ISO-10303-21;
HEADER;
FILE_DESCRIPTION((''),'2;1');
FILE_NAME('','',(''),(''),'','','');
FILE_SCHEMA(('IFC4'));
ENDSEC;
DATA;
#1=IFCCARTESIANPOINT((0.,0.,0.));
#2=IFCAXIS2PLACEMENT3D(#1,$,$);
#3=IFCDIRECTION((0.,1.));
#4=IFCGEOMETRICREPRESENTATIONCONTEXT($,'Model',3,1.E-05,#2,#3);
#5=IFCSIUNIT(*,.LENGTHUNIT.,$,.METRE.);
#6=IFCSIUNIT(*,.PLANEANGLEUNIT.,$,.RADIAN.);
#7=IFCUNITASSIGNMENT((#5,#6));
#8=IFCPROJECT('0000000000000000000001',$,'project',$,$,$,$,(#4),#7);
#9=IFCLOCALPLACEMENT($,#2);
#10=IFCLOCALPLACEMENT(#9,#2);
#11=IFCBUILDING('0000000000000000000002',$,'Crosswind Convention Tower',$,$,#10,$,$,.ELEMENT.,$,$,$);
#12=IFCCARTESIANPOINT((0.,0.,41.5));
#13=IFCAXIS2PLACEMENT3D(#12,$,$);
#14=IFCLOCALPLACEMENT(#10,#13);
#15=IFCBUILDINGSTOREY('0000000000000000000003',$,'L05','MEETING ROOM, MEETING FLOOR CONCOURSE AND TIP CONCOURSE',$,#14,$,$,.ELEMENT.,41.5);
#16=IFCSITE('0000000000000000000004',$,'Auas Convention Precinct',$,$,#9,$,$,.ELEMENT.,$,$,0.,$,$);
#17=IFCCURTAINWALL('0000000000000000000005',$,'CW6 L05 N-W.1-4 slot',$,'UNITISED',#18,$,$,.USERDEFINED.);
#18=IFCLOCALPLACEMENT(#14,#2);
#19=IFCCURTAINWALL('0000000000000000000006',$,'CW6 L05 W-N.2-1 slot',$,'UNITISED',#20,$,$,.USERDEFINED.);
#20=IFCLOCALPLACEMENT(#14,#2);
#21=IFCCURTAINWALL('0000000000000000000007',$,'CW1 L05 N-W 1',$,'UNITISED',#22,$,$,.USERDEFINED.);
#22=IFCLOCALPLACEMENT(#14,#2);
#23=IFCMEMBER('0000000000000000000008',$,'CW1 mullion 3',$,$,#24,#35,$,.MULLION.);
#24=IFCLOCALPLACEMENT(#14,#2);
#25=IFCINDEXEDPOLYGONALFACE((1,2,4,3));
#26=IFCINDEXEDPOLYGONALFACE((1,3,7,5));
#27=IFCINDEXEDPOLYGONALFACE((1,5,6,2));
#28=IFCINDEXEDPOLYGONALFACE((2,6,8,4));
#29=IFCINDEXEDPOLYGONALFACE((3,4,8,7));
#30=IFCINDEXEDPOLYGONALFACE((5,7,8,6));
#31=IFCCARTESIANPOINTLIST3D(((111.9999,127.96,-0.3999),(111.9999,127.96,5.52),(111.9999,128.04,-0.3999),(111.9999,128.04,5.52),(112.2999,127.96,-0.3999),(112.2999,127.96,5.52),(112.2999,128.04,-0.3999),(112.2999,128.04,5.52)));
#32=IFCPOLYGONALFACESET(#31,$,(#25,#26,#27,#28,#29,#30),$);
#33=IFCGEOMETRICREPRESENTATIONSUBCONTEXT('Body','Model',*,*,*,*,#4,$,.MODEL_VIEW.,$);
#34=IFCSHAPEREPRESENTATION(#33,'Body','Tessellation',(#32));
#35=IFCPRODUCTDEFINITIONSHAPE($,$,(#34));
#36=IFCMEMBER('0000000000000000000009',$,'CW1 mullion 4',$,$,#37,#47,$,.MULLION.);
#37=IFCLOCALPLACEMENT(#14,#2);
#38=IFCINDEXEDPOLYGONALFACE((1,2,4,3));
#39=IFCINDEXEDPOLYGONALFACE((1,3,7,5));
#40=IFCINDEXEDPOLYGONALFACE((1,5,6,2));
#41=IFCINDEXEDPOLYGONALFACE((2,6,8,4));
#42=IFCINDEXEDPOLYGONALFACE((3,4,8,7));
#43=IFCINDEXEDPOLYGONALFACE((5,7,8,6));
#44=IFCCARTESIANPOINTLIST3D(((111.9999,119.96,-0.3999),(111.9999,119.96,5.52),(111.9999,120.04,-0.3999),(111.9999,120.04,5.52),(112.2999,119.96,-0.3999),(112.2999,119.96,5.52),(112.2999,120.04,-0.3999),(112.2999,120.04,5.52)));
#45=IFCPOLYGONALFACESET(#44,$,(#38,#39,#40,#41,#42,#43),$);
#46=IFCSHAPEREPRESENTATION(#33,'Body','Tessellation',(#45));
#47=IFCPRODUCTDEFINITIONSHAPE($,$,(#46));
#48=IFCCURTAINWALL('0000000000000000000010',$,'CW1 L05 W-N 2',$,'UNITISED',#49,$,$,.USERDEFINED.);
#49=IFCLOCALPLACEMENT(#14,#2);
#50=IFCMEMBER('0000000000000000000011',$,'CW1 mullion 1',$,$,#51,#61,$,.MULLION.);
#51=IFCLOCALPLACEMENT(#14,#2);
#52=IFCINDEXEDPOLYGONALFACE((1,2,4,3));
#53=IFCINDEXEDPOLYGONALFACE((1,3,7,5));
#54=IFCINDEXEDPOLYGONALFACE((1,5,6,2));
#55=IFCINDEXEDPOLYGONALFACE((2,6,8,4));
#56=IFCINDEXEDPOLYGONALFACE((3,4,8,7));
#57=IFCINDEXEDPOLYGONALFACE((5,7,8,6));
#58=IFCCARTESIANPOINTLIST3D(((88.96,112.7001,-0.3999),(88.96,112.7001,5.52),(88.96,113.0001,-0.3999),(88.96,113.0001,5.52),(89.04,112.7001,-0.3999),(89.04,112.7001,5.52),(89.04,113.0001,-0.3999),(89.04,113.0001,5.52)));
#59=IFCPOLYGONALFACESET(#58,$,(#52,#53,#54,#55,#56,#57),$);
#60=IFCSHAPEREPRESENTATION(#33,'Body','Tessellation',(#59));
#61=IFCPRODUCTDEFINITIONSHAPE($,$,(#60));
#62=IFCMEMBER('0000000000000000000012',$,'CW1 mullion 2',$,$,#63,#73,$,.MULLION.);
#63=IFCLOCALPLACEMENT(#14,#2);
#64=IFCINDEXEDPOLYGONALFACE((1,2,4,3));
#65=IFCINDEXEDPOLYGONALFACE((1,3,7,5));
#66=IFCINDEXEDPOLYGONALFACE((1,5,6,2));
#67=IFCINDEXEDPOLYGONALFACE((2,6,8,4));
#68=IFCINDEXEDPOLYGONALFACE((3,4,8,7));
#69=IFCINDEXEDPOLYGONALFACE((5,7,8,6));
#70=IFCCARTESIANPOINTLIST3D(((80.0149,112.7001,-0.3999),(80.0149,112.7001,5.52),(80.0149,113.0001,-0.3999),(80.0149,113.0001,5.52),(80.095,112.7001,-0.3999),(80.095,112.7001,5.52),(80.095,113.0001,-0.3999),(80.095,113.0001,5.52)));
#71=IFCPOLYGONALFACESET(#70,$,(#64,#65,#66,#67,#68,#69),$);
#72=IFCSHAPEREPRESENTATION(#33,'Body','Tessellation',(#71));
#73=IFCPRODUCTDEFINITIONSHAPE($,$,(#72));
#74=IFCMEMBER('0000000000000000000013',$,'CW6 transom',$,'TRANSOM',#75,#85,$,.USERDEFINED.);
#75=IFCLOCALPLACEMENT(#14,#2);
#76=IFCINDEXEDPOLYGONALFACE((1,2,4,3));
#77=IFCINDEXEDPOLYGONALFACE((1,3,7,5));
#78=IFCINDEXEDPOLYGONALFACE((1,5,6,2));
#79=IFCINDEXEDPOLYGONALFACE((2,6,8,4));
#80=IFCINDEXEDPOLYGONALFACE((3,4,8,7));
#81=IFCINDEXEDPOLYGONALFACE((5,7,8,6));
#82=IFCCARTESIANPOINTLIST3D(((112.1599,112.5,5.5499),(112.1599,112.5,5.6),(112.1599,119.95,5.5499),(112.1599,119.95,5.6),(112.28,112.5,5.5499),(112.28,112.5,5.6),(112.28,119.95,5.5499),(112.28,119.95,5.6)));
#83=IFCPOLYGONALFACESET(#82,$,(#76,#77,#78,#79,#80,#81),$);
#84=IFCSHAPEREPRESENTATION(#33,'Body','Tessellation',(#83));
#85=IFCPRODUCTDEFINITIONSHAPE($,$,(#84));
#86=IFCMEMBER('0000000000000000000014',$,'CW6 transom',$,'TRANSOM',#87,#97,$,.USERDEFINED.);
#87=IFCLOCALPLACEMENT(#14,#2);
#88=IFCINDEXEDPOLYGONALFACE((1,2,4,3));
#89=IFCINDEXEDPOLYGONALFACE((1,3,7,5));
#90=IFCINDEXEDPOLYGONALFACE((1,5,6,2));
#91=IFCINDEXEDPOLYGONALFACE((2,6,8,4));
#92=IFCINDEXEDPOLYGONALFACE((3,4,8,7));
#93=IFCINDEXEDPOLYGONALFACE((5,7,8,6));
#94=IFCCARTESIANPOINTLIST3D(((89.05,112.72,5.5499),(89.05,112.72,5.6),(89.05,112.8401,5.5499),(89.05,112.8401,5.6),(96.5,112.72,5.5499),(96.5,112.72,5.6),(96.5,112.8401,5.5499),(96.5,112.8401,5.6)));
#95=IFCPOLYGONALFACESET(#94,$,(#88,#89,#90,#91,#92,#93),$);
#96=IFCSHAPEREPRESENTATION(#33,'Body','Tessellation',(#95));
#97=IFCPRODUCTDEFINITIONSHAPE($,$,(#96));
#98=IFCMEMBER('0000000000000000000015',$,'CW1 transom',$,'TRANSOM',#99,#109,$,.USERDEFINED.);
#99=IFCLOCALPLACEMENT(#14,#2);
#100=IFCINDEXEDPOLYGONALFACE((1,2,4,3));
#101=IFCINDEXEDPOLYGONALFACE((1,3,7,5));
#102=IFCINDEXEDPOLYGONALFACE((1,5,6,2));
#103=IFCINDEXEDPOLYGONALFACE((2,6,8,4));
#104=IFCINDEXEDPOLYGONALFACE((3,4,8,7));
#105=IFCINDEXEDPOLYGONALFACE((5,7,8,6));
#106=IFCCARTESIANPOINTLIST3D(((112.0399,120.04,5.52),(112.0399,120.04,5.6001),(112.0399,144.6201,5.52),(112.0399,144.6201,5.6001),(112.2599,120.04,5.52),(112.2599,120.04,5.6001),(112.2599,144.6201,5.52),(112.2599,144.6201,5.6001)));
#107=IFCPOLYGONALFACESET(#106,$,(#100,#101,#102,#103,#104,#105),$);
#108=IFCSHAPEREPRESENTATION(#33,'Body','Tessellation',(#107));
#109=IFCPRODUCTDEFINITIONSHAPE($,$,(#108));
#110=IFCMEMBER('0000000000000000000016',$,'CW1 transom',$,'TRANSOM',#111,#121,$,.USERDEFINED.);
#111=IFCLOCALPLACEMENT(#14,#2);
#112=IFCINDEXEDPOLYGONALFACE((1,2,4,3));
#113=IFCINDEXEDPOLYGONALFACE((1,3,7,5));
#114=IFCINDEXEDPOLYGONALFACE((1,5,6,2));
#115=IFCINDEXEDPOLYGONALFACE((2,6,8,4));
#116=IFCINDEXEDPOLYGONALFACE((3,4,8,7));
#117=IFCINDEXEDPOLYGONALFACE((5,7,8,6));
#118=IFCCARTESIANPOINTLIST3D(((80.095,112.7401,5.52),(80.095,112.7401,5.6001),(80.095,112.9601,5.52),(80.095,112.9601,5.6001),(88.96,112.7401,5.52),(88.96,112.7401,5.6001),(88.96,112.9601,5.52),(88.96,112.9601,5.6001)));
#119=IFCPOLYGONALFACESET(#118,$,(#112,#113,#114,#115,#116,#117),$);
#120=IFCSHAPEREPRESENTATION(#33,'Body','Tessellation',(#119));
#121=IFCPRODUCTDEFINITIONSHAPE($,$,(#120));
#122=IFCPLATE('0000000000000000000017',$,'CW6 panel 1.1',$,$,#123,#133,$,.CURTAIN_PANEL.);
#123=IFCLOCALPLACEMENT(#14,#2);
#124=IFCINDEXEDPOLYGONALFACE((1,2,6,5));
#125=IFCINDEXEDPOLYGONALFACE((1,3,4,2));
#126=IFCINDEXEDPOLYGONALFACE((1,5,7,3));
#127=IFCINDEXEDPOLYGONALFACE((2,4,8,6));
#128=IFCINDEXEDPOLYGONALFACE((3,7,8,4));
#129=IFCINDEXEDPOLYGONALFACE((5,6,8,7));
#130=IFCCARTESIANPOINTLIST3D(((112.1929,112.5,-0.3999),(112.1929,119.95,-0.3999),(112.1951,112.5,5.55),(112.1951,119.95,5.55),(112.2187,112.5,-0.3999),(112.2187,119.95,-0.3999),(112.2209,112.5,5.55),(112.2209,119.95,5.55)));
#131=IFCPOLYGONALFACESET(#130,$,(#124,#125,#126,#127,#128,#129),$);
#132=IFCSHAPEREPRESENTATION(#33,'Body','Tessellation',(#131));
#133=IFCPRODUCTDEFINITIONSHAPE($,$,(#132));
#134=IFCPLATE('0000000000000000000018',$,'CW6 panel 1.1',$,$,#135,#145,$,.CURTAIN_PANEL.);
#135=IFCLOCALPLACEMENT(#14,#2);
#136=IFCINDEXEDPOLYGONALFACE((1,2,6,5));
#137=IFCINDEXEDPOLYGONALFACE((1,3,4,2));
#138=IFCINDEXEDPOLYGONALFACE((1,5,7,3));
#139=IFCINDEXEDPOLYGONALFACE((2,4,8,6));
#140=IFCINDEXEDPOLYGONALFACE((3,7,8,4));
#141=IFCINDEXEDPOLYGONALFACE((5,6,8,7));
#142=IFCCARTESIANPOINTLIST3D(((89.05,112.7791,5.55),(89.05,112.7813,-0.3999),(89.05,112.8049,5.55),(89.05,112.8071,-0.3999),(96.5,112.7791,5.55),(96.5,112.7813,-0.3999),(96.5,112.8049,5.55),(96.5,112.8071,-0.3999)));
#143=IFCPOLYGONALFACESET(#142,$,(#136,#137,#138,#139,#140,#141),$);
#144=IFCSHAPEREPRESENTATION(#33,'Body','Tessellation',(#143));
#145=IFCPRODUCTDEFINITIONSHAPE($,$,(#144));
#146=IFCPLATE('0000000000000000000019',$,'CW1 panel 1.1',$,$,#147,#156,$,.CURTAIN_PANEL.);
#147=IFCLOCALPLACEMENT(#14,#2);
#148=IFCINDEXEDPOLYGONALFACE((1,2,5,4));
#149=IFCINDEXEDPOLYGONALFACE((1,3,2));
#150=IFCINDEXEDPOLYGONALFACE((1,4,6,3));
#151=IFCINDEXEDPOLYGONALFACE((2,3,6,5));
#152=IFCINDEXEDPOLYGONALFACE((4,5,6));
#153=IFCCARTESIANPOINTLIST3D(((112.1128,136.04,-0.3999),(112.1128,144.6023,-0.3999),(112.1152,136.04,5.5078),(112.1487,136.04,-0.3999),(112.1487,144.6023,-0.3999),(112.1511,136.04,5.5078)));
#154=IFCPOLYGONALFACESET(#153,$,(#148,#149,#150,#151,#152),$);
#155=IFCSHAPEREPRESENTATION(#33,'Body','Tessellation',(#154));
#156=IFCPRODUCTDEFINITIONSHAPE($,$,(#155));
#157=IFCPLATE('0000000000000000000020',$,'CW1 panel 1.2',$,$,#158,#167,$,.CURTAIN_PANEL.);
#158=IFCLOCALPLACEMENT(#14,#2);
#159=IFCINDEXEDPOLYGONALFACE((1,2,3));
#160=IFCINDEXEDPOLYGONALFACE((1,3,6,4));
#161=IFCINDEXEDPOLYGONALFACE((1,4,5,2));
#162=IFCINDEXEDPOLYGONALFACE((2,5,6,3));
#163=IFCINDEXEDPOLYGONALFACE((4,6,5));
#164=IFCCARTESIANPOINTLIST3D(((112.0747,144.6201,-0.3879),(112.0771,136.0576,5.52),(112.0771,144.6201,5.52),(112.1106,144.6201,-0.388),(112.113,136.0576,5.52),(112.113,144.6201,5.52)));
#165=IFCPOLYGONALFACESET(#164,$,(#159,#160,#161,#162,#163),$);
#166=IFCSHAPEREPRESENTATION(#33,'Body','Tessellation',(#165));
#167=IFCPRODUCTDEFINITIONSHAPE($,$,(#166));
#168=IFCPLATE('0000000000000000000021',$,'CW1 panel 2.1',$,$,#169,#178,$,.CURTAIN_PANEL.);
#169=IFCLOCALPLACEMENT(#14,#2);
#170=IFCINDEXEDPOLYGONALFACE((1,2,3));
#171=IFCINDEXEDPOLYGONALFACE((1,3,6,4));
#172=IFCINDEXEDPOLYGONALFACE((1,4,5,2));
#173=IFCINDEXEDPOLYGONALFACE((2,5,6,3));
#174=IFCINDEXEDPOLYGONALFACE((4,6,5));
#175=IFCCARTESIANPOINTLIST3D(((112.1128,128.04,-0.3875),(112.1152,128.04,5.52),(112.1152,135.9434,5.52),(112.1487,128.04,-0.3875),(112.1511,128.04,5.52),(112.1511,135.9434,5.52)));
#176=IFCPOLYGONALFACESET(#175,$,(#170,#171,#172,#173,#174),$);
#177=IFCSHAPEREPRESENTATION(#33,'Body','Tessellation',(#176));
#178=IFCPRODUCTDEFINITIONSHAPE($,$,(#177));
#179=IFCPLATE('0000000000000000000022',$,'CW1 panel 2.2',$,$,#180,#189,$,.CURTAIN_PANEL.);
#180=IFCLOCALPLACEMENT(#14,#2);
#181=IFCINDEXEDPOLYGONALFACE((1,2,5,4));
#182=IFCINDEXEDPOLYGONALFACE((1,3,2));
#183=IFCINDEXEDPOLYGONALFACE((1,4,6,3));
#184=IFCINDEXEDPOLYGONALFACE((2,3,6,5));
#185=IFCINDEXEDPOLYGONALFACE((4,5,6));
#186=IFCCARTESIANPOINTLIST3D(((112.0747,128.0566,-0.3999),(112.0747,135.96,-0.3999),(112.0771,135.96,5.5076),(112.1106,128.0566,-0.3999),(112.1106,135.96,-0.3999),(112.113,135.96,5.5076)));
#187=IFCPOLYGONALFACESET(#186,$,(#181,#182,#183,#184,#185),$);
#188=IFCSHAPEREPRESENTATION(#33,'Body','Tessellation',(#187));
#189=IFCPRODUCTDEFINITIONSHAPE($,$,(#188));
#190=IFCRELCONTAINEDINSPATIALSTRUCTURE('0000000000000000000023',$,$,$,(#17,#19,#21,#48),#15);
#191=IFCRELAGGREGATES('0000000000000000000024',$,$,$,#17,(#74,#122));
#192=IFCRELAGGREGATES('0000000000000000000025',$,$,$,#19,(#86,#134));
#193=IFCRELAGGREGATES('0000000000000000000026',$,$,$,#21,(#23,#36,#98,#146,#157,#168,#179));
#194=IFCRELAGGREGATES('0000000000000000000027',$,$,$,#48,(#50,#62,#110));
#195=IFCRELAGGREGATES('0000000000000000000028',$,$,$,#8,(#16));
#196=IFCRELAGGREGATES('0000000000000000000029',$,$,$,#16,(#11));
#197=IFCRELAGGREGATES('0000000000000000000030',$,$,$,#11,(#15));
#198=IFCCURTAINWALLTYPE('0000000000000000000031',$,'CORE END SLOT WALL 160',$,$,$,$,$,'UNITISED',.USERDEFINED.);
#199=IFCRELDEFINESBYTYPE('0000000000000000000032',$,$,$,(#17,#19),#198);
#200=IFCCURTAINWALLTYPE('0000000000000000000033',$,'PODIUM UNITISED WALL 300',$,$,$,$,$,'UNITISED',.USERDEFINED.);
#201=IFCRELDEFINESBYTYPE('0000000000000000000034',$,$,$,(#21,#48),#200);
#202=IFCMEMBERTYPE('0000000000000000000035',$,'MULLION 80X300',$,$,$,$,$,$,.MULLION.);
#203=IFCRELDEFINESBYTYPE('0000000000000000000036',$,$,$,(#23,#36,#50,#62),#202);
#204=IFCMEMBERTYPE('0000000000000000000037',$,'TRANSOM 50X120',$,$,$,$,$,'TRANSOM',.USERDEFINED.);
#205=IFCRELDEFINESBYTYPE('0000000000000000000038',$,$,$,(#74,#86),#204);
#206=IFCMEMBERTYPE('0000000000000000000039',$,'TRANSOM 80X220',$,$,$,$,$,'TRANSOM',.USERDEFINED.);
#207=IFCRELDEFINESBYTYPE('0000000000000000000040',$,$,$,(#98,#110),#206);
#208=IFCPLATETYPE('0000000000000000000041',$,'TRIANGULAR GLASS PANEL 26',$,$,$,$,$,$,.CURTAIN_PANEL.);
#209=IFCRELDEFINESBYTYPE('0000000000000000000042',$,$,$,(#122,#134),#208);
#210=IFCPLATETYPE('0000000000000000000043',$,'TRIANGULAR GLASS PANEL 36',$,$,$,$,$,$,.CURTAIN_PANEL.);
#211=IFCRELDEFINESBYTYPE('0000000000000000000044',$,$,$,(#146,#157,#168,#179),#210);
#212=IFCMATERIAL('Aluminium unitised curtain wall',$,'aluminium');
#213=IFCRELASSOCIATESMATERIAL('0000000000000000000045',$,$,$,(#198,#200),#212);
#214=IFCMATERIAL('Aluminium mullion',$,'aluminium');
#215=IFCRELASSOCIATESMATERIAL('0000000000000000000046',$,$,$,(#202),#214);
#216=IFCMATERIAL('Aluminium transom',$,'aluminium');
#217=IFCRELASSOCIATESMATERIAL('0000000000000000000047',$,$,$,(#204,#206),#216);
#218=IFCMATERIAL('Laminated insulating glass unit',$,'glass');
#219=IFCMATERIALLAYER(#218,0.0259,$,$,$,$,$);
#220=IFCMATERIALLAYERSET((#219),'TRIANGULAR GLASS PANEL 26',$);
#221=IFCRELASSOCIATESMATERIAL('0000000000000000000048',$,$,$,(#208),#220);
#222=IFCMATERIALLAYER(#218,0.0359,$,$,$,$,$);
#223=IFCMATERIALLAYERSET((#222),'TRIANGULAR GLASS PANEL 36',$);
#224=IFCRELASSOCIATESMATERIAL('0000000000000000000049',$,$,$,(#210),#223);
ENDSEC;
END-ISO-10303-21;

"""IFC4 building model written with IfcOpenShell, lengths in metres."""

from ifc_helpers import new_model, si_unit, direction, frame, origin, origin_2d, place, context, subcontext, project, spatial, polyline, rectangle, outline, extrude, material, layer, layer_set, material_profile, profile_set, type_object, element, aggregate, save


model = new_model("IFC4")

# Units and contexts
model_context = context("Model", 3, precision=1e-05, world=origin(), true_north=direction((0.0, 1.0)))
body_context = subcontext(model_context, "Body", "Model", "MODEL_VIEW")
ifc_project = project(units=[si_unit("LENGTHUNIT", "METRE"), si_unit("PLANEANGLEUNIT", "RADIAN")], contexts=[model_context])

# Site, building, storey
site_placement = place(None, origin())
site = spatial("IfcSite", under=ifc_project, at=site_placement, Name="Auas Convention Precinct", CompositionType="ELEMENT", RefElevation=0.0)
building_placement = place(site_placement, origin())
building = spatial("IfcBuilding", under=site, at=building_placement, Name="Crosswind Convention Tower", CompositionType="ELEMENT")
storey_placement = place(building_placement, frame((0.0, 0.0, 41.5)))
storey = spatial("IfcBuildingStorey", under=building, at=storey_placement, Name="L05", Description="MEETING ROOM, MEETING FLOOR CONCOURSE AND TIP CONCOURSE", CompositionType="ELEMENT", Elevation=41.5)

# Curtain walls, members
ifc_material_1 = material(Name="Aluminium unitised curtain wall", Category="aluminium")
curtain_wall_type_1 = type_object("IfcCurtainWallType", Name="CORE END SLOT WALL 160", ElementType="UNITISED", PredefinedType="USERDEFINED", material=ifc_material_1)
curtain_wall_1_placement = place(storey_placement, origin())
curtain_wall_1 = element("IfcCurtainWall", 1, at=curtain_wall_1_placement, inside=storey, type_object=curtain_wall_type_1, Name="CW6 L05 N-W.1-4 slot", ObjectType="UNITISED", PredefinedType="USERDEFINED")
ifc_material_2 = material(Name="Aluminium mullion", Category="aluminium")
curtain_wall_2_placement = place(storey_placement, origin())
curtain_wall_2 = element("IfcCurtainWall", 2, at=curtain_wall_2_placement, inside=storey, type_object=curtain_wall_type_1, Name="CW6 L05 W-N.2-1 slot", ObjectType="UNITISED", PredefinedType="USERDEFINED")
curtain_wall_type_2 = type_object("IfcCurtainWallType", Name="PODIUM UNITISED WALL 300", ElementType="UNITISED", PredefinedType="USERDEFINED", material=ifc_material_1)
curtain_wall_3_placement = place(storey_placement, origin())
curtain_wall_3 = element("IfcCurtainWall", 3, at=curtain_wall_3_placement, inside=storey, type_object=curtain_wall_type_2, Name="CW1 L05 N-W 1", ObjectType="UNITISED", PredefinedType="USERDEFINED")
ifc_material_profile_1 = material_profile(ifc_material_2, rectangle(XDim=0.3, YDim=0.0801, at=origin_2d()), Name="AL 300X80")
ifc_profile_set_1 = profile_set([ifc_material_profile_1], Name="Aluminium mullion")
member_type_1 = type_object("IfcMemberType", Name="MULLION 80X300", PredefinedType="MULLION", material=ifc_profile_set_1)
member_1_placement = place(storey_placement, frame((112.1499, 128.0, -0.3999), z_axis=(0.0, 0.0, 1.0), x_axis=(-1.0, 0.0, 0.0)))
member_1 = element("IfcMember", 4, at=member_1_placement, type_object=member_type_1, Name="CW1 mullion 3", PredefinedType="MULLION", context=body_context, shape_type="SweptSolid", body=[
    extrude(rectangle(XDim=0.3, YDim=0.0801, at=origin_2d()), origin(), (0.0, 0.0, 1.0), 5.9199),
])
member_2_placement = place(storey_placement, frame((112.1499, 120.0, -0.3999), z_axis=(0.0, 0.0, 1.0), x_axis=(-1.0, 0.0, 0.0)))
member_2 = element("IfcMember", 5, at=member_2_placement, type_object=member_type_1, Name="CW1 mullion 4", PredefinedType="MULLION", context=body_context, shape_type="SweptSolid", body=[
    extrude(rectangle(XDim=0.3, YDim=0.0801, at=origin_2d()), origin(), (0.0, 0.0, 1.0), 5.9199),
])
curtain_wall_4_placement = place(storey_placement, origin())
curtain_wall_4 = element("IfcCurtainWall", 6, at=curtain_wall_4_placement, inside=storey, type_object=curtain_wall_type_2, Name="CW1 L05 W-N 2", ObjectType="UNITISED", PredefinedType="USERDEFINED")
member_3_placement = place(storey_placement, frame((89.0, 112.8501, -0.3999), z_axis=(0.0, 0.0, 1.0), x_axis=(0.0, 1.0, 0.0)))
member_3 = element("IfcMember", 7, at=member_3_placement, type_object=member_type_1, Name="CW1 mullion 1", PredefinedType="MULLION", context=body_context, shape_type="SweptSolid", body=[
    extrude(rectangle(XDim=0.3, YDim=0.0801, at=origin_2d()), origin(), (0.0, 0.0, 1.0), 5.9199),
])
member_4_placement = place(storey_placement, frame((80.0549, 112.8501, -0.3999), z_axis=(0.0, 0.0, 1.0), x_axis=(0.0, 1.0, 0.0)))
member_4 = element("IfcMember", 8, at=member_4_placement, type_object=member_type_1, Name="CW1 mullion 2", PredefinedType="MULLION", context=body_context, shape_type="SweptSolid", body=[
    extrude(rectangle(XDim=0.3, YDim=0.0801, at=origin_2d()), origin(), (0.0, 0.0, 1.0), 5.9199),
])

# Members
ifc_material_3 = material(Name="Aluminium transom", Category="aluminium")
ifc_material_profile_2 = material_profile(ifc_material_3, rectangle(XDim=0.1201, YDim=0.05, at=origin_2d()), Name="AL 120X50")
ifc_profile_set_2 = profile_set([ifc_material_profile_2], Name="Aluminium transom")
member_type_2 = type_object("IfcMemberType", Name="TRANSOM 50X120", ElementType="TRANSOM", PredefinedType="USERDEFINED", material=ifc_profile_set_2)
member_5_placement = place(storey_placement, frame((112.22, 119.95, 5.575), z_axis=(0.0, -1.0, 0.0), x_axis=(1.0, 0.0, 0.0)))
member_5 = element("IfcMember", 9, at=member_5_placement, type_object=member_type_2, Name="CW6 transom", ObjectType="TRANSOM", PredefinedType="USERDEFINED", context=body_context, shape_type="SweptSolid", body=[
    extrude(rectangle(XDim=0.1201, YDim=0.05, at=origin_2d()), origin(), (0.0, 0.0, 1.0), 7.45),
])
member_6_placement = place(storey_placement, frame((96.5, 112.78, 5.575), z_axis=(-1.0, 0.0, 0.0), x_axis=(0.0, -1.0, 0.0)))
member_6 = element("IfcMember", 10, at=member_6_placement, type_object=member_type_2, Name="CW6 transom", ObjectType="TRANSOM", PredefinedType="USERDEFINED", context=body_context, shape_type="SweptSolid", body=[
    extrude(rectangle(XDim=0.1201, YDim=0.05, at=origin_2d()), origin(), (0.0, 0.0, 1.0), 7.45),
])
ifc_material_profile_3 = material_profile(ifc_material_3, rectangle(XDim=0.22, YDim=0.0801, at=origin_2d()), Name="AL 220X80")
ifc_profile_set_3 = profile_set([ifc_material_profile_3], Name="Aluminium transom")
member_type_3 = type_object("IfcMemberType", Name="TRANSOM 80X220", ElementType="TRANSOM", PredefinedType="USERDEFINED", material=ifc_profile_set_3)
member_7_placement = place(storey_placement, frame((112.1499, 144.6201, 5.5601), z_axis=(0.0, -1.0, 0.0), x_axis=(1.0, 0.0, 0.0)))
member_7 = element("IfcMember", 11, at=member_7_placement, type_object=member_type_3, Name="CW1 transom", ObjectType="TRANSOM", PredefinedType="USERDEFINED", context=body_context, shape_type="SweptSolid", body=[
    extrude(rectangle(XDim=0.22, YDim=0.0801, at=origin_2d()), origin(), (0.0, 0.0, 1.0), 24.5801),
])
member_8_placement = place(storey_placement, frame((88.96, 112.8501, 5.5601), z_axis=(-1.0, 0.0, 0.0), x_axis=(0.0, -1.0, 0.0)))
member_8 = element("IfcMember", 12, at=member_8_placement, type_object=member_type_3, Name="CW1 transom", ObjectType="TRANSOM", PredefinedType="USERDEFINED", context=body_context, shape_type="SweptSolid", body=[
    extrude(rectangle(XDim=0.22, YDim=0.0801, at=origin_2d()), origin(), (0.0, 0.0, 1.0), 8.865),
])

# Plates
ifc_material_4 = material(Name="Laminated insulating glass unit", Category="glass")
ifc_layer_1 = layer(ifc_material_4, 0.0259)
ifc_layer_set_1 = layer_set([ifc_layer_1], Name="TRIANGULAR GLASS PANEL 26")
plate_type_1 = type_object("IfcPlateType", Name="TRIANGULAR GLASS PANEL 26", PredefinedType="CURTAIN_PANEL", material=ifc_layer_set_1)
plate_1_placement = place(storey_placement, frame((112.1929, 119.95, -0.3999), z_axis=(-1.0, 0.0, 0.000369), x_axis=(0.0, -1.0, 0.0)))
plate_1 = element("IfcPlate", 13, at=plate_1_placement, type_object=plate_type_1, Name="CW6 panel 1.1", PredefinedType="CURTAIN_PANEL", context=body_context, shape_type="SweptSolid", body=[
    extrude(outline(polyline([(0.0, 0.0), (7.45, 0.0), (7.45, 5.95), (0.0, 5.95), (0.0, 0.0)])), origin(), (0.0, 0.0, -1.0), 0.0259),
])
aggregate(curtain_wall_1, [member_5, plate_1])
plate_2_placement = place(storey_placement, frame((96.5, 112.8071, -0.3999), z_axis=(0.0, 1.0, 0.000369), x_axis=(-1.0, 0.0, 0.0)))
plate_2 = element("IfcPlate", 14, at=plate_2_placement, type_object=plate_type_1, Name="CW6 panel 1.1", PredefinedType="CURTAIN_PANEL", context=body_context, shape_type="SweptSolid", body=[
    extrude(outline(polyline([(0.0, 0.0), (7.45, 0.0), (7.45, 5.95), (0.0, 5.95), (0.0, 0.0)])), origin(), (0.0, 0.0, -1.0), 0.0259),
])
aggregate(curtain_wall_2, [member_6, plate_2])
ifc_layer_2 = layer(ifc_material_4, 0.0359)
ifc_layer_set_2 = layer_set([ifc_layer_2], Name="TRIANGULAR GLASS PANEL 36")
plate_type_2 = type_object("IfcPlateType", Name="TRIANGULAR GLASS PANEL 36", PredefinedType="CURTAIN_PANEL", material=ifc_layer_set_2)
plate_3_placement = place(storey_placement, frame((112.1128, 136.04, -0.3999), z_axis=(-1.0, 0.0, 0.000413), x_axis=(0.000413, 0.0, 1.0)))
plate_3 = element("IfcPlate", 15, at=plate_3_placement, type_object=plate_type_2, Name="CW1 panel 1.1", PredefinedType="CURTAIN_PANEL", context=body_context, shape_type="SweptSolid", body=[
    extrude(outline(polyline([(0.0, 0.0), (5.9077, 0.0), (0.0, 8.5623), (0.0, 0.0)])), origin(), (0.0, 0.0, -1.0), 0.0359),
])
plate_4_placement = place(storey_placement, frame((112.0771, 144.6201, 5.52), z_axis=(-1.0, 0.0, 0.000413), x_axis=(-0.000413, 0.0, -1.0)))
plate_4 = element("IfcPlate", 16, at=plate_4_placement, type_object=plate_type_2, Name="CW1 panel 1.2", PredefinedType="CURTAIN_PANEL", context=body_context, shape_type="SweptSolid", body=[
    extrude(outline(polyline([(0.0, 0.0), (5.908, 0.0), (0.0, 8.5625), (0.0, 0.0)])), origin(), (0.0, 0.0, -1.0), 0.0359),
])
plate_5_placement = place(storey_placement, frame((112.1152, 128.04, 5.52), z_axis=(-1.0, 0.0, 0.000413), x_axis=(0.0, 1.0, 0.0)))
plate_5 = element("IfcPlate", 17, at=plate_5_placement, type_object=plate_type_2, Name="CW1 panel 2.1", PredefinedType="CURTAIN_PANEL", context=body_context, shape_type="SweptSolid", body=[
    extrude(outline(polyline([(0.0, 0.0), (7.9033, 0.0), (0.0, 5.9075), (0.0, 0.0)])), origin(), (0.0, 0.0, -1.0), 0.0359),
])
plate_6_placement = place(storey_placement, frame((112.0747, 135.96, -0.3999), z_axis=(-1.0, 0.0, 0.000413), x_axis=(0.0, -1.0, 0.0)))
plate_6 = element("IfcPlate", 18, at=plate_6_placement, type_object=plate_type_2, Name="CW1 panel 2.2", PredefinedType="CURTAIN_PANEL", context=body_context, shape_type="SweptSolid", body=[
    extrude(outline(polyline([(0.0, 0.0), (7.9033, 0.0), (0.0, 5.9075), (0.0, 0.0)])), origin(), (0.0, 0.0, -1.0), 0.0359),
])

aggregate(curtain_wall_3, [member_1, member_2, member_7, plate_3, plate_4, plate_5, plate_6])
aggregate(curtain_wall_4, [member_3, member_4, member_8])

save(model, "model.ifc")
